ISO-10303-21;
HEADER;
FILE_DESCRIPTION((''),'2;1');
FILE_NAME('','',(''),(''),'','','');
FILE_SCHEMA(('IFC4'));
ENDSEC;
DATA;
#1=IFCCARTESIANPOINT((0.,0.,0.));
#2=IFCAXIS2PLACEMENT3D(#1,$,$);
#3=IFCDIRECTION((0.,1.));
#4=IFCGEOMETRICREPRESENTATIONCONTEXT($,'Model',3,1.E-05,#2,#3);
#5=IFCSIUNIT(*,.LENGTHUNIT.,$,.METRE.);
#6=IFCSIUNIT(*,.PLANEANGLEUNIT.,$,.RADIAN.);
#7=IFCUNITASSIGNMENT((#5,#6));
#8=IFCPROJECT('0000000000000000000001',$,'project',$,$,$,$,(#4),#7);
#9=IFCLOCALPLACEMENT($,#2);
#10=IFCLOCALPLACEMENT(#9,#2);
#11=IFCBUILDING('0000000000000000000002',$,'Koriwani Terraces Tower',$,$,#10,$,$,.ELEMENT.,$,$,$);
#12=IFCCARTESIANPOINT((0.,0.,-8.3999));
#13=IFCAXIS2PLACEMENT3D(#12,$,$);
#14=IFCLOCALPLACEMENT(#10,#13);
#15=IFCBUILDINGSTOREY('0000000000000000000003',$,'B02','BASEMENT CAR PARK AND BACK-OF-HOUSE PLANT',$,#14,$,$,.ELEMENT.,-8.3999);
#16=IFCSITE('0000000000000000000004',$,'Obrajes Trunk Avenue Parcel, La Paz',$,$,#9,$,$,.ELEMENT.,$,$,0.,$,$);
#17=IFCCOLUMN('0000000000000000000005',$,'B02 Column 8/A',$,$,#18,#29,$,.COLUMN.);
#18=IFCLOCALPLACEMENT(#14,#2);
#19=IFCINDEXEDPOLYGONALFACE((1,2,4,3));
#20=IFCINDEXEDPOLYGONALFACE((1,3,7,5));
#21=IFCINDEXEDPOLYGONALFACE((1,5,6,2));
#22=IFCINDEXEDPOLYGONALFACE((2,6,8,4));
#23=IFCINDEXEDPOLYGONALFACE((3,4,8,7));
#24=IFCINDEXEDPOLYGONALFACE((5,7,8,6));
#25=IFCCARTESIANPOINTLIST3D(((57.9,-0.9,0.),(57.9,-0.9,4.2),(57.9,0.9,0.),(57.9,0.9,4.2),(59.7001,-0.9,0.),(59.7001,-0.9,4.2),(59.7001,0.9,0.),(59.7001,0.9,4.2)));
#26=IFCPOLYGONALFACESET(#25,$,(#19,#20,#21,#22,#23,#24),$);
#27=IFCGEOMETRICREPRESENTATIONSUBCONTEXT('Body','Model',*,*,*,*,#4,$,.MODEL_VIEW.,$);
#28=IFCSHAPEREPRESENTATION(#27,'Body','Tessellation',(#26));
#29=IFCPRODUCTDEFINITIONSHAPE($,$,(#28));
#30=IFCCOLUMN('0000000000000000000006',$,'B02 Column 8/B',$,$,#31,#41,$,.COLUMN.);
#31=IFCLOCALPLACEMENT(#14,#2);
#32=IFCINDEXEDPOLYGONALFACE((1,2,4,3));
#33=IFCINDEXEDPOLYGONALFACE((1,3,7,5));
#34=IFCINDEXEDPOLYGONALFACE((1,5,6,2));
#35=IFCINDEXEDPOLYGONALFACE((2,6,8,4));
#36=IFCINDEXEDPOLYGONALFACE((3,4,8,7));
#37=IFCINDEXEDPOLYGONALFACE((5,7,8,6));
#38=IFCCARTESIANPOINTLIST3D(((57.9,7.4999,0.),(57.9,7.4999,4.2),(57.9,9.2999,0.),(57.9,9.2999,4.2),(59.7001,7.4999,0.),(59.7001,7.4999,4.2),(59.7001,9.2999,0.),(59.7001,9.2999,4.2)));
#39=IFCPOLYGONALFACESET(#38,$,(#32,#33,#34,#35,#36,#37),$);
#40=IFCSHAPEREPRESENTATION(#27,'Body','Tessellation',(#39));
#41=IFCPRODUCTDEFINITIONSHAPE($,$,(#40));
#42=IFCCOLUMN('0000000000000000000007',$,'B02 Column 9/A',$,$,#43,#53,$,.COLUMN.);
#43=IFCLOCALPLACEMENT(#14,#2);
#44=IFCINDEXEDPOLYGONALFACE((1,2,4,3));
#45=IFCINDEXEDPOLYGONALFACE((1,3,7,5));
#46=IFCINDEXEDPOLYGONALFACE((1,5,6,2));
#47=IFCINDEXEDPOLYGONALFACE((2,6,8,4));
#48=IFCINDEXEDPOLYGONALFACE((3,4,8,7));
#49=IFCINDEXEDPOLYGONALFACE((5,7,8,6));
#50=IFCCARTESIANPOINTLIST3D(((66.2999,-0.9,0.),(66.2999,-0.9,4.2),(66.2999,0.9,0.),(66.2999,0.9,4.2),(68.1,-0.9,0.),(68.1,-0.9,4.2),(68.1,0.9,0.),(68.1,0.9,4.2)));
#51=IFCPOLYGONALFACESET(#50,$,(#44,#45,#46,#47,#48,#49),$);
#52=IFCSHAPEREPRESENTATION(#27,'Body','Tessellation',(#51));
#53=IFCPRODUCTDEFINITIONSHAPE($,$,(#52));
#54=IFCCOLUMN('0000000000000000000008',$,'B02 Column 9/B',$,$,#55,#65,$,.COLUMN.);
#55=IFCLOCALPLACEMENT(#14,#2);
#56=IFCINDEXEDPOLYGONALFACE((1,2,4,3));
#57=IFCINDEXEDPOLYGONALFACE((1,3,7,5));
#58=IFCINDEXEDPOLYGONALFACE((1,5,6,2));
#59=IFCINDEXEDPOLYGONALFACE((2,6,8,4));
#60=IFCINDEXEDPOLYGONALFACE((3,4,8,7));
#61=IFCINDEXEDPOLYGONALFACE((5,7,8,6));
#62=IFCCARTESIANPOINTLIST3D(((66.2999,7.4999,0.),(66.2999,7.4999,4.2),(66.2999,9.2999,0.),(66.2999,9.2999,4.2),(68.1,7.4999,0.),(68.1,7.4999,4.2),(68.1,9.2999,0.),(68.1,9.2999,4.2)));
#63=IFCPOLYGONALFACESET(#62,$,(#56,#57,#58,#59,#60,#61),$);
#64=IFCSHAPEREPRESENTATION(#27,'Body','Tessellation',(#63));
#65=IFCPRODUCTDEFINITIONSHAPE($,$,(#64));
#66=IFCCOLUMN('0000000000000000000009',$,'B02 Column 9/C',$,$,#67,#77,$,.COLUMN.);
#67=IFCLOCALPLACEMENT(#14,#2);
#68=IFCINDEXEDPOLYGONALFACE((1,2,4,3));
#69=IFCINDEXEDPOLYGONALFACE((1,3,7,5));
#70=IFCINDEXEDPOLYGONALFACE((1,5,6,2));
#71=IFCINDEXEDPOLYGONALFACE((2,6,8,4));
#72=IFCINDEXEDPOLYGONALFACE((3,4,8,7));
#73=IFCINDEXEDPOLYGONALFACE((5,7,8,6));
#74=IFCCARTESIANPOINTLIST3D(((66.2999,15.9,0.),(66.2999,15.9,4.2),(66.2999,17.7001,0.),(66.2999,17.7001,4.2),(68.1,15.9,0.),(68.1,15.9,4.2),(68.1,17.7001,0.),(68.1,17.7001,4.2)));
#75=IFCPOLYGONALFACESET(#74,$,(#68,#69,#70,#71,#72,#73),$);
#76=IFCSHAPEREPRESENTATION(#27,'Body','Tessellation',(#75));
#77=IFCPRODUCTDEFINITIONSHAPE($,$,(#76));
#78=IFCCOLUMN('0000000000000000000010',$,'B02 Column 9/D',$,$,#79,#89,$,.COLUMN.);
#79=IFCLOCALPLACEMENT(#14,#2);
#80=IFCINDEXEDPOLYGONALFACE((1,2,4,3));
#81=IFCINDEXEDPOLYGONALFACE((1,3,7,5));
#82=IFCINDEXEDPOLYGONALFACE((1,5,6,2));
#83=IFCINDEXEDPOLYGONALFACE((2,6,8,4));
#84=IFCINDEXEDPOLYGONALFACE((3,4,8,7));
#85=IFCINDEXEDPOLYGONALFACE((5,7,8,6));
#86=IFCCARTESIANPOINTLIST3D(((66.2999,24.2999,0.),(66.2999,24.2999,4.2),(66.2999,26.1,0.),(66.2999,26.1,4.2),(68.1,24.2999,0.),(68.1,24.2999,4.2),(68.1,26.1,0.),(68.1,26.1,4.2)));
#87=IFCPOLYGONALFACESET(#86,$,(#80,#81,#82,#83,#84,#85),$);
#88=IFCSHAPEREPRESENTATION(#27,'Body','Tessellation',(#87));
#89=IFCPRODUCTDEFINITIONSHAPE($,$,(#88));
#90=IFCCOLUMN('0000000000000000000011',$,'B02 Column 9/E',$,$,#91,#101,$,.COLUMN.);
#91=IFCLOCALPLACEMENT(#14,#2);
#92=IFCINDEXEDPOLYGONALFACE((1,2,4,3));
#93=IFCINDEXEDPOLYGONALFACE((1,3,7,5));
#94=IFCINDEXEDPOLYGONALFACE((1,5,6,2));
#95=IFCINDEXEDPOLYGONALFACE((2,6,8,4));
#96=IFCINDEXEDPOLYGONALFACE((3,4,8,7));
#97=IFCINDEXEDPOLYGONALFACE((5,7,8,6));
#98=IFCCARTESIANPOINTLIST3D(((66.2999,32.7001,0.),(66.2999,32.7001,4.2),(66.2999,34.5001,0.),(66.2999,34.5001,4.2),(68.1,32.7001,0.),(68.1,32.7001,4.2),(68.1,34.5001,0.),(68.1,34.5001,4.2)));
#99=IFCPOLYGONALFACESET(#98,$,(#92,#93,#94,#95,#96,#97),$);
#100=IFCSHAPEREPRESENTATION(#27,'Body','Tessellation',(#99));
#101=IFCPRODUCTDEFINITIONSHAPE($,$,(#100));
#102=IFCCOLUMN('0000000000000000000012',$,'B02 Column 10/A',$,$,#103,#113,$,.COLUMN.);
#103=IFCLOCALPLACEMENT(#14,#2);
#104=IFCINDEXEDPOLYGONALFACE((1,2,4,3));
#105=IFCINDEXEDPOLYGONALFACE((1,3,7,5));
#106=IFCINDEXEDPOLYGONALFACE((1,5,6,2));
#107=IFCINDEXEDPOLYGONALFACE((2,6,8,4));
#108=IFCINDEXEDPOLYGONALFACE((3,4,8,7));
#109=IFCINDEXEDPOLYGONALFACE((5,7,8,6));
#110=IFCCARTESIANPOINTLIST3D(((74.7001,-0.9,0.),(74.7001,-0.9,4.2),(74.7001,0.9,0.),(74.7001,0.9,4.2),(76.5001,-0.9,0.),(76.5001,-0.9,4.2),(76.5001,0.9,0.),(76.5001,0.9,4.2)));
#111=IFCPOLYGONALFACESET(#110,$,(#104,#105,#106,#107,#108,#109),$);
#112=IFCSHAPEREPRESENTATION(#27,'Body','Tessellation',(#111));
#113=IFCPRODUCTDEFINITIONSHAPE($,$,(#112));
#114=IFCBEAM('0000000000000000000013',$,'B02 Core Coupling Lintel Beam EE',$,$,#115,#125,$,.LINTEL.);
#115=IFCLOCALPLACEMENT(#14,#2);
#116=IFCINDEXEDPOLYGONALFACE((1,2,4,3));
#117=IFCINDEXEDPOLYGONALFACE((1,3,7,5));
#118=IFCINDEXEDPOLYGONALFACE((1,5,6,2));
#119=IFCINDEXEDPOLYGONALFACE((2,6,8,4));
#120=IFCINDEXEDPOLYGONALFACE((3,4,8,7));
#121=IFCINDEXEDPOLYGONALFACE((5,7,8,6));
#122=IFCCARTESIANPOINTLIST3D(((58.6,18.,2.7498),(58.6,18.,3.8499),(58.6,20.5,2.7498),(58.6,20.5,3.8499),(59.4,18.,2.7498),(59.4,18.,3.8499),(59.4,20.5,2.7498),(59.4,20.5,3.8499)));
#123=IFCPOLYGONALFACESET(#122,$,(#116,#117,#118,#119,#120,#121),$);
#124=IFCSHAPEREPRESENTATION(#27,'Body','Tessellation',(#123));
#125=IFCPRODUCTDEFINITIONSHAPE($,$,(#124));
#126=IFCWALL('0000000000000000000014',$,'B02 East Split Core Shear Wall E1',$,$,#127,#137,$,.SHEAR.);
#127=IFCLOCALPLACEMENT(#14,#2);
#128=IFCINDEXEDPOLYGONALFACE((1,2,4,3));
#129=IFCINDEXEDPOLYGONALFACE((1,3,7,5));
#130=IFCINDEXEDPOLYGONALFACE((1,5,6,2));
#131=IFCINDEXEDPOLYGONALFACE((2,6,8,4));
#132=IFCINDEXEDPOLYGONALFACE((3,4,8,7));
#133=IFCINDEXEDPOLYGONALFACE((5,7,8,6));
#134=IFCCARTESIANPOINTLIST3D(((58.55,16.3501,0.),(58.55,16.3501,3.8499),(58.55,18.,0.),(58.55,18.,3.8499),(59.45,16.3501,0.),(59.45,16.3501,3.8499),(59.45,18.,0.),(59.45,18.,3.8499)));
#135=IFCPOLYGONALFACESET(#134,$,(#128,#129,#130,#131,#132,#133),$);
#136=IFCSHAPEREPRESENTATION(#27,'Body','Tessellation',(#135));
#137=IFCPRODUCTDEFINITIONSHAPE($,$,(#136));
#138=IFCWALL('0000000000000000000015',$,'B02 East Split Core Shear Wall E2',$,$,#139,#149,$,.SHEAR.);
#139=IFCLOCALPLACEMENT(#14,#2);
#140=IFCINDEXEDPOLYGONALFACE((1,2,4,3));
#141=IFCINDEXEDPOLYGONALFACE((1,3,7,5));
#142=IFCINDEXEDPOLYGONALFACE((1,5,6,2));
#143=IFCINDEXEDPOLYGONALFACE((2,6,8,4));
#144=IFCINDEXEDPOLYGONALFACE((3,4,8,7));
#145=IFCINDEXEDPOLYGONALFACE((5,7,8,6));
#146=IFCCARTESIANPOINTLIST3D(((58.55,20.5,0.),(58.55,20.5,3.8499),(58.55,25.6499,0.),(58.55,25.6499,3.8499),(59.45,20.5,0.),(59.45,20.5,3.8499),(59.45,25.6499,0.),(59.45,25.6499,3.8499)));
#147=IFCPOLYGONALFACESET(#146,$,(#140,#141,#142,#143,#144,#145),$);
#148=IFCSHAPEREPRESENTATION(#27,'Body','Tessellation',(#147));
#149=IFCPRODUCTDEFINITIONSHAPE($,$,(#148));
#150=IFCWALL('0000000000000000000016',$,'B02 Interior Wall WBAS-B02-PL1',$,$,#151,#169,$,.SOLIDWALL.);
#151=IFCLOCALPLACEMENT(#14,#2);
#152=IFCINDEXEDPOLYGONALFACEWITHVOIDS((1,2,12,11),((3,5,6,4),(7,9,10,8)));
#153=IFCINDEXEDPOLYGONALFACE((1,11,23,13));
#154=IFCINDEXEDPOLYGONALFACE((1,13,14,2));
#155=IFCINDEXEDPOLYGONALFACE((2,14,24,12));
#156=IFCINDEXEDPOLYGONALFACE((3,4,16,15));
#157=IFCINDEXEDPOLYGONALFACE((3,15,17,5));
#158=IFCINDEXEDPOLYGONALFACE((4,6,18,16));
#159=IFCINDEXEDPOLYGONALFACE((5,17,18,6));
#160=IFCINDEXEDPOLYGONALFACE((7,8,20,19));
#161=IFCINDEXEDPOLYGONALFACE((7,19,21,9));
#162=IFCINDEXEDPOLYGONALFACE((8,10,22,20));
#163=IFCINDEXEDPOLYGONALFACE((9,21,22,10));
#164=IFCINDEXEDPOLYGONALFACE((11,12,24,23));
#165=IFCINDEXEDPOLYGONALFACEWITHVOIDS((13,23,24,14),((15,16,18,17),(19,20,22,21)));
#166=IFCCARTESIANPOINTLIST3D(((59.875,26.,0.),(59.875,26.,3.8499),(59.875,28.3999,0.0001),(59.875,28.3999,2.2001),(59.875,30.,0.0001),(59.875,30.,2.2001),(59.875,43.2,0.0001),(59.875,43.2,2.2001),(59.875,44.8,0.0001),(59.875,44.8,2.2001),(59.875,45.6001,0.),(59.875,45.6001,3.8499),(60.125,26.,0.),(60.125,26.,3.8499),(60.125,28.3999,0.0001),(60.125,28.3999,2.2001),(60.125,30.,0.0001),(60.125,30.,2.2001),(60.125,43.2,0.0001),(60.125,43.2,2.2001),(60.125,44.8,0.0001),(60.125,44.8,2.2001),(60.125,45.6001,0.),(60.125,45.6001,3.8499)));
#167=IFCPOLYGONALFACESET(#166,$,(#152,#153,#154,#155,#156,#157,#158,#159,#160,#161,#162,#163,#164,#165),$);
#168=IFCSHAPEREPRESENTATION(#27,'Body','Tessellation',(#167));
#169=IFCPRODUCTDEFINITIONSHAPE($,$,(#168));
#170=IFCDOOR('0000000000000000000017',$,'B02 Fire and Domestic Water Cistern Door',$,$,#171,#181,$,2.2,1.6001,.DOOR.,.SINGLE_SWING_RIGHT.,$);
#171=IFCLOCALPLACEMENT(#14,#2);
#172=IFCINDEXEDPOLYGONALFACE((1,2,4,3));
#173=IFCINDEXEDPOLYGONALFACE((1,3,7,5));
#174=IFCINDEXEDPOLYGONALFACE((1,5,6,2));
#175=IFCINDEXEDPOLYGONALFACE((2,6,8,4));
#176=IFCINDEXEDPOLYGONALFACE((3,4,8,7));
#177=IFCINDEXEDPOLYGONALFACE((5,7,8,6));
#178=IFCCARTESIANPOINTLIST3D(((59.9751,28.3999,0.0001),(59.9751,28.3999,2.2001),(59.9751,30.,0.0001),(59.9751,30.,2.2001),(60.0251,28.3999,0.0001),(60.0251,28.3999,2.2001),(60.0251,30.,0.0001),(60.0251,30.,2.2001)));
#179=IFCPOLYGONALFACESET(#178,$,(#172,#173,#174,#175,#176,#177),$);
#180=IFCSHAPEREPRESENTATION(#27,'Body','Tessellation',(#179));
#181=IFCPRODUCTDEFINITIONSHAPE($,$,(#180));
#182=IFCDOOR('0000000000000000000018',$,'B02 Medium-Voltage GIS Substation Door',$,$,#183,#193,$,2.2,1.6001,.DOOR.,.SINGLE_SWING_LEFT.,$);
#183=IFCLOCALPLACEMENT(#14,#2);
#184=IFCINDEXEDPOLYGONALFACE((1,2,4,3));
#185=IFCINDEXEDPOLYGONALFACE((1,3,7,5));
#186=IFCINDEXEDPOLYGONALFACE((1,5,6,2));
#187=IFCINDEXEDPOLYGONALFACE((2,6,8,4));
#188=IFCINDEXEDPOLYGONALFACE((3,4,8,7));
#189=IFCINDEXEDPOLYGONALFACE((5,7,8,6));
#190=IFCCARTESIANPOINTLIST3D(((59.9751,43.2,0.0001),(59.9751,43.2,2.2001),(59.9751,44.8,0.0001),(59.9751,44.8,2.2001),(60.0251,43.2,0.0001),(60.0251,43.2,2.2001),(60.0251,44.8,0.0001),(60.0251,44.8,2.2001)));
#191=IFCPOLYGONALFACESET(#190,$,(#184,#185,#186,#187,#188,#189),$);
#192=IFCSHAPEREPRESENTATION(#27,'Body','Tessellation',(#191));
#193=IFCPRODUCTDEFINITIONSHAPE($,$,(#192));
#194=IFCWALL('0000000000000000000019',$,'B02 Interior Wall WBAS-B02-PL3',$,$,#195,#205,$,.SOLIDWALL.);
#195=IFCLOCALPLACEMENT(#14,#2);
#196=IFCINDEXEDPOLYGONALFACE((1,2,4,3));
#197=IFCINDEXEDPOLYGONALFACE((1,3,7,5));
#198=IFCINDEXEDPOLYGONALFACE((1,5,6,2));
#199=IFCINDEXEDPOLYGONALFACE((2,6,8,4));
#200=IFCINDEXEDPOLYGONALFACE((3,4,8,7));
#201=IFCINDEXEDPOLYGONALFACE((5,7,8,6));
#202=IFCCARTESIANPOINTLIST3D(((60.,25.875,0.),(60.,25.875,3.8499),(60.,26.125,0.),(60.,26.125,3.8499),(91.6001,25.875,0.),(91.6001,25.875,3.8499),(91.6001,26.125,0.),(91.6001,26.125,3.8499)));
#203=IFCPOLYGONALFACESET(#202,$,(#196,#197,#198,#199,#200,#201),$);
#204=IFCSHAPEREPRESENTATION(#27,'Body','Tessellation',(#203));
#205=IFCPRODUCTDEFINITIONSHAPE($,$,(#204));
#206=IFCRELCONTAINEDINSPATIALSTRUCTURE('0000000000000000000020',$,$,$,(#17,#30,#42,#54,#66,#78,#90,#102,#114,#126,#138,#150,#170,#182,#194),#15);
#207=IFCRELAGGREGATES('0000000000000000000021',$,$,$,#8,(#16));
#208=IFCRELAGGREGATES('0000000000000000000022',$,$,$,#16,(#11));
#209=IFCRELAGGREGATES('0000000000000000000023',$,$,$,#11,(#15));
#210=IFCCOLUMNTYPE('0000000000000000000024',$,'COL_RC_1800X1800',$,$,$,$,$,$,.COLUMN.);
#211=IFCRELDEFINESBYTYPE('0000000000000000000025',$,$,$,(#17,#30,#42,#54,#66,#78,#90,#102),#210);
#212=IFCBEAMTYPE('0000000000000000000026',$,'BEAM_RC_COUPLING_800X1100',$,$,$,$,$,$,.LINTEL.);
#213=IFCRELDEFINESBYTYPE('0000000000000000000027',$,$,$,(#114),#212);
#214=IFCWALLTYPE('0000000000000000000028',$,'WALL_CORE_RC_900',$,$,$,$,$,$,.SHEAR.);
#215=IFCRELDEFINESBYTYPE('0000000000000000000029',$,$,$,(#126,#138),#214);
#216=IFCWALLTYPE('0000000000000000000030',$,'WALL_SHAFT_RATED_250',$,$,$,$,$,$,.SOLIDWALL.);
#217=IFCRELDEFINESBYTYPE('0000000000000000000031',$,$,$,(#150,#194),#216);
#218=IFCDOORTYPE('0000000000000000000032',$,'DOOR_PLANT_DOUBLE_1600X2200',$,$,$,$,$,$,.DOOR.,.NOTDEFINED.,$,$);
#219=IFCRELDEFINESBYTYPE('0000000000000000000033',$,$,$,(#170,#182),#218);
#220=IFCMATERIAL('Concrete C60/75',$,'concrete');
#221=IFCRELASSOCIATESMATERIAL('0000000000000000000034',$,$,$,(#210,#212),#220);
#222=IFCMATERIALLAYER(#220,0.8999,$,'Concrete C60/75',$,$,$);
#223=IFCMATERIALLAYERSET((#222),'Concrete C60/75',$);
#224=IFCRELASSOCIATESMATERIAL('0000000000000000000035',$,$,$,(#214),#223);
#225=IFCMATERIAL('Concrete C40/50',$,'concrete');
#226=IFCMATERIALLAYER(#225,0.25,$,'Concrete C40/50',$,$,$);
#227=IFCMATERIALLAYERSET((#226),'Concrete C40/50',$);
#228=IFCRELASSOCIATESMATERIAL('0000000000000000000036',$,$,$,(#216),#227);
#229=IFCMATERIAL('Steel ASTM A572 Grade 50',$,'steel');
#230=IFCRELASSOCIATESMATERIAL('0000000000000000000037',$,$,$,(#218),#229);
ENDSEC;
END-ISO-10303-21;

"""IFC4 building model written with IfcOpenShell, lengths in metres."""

from ifc_helpers import new_model, si_unit, direction, frame, frame_2d, origin, origin_2d, place, context, subcontext, project, spatial, rectangle, extrude, material, layer, layer_set, material_profile, profile_set, type_object, element, fill, save


model = new_model("IFC4")

# Units and contexts
model_context = context("Model", 3, precision=1e-05, world=origin(), true_north=direction((0.0, 1.0)))
body_context = subcontext(model_context, "Body", "Model", "MODEL_VIEW")
ifc_project = project(units=[si_unit("LENGTHUNIT", "METRE"), si_unit("PLANEANGLEUNIT", "RADIAN")], contexts=[model_context])

# Site, building, storey
site_placement = place(None, origin())
site = spatial("IfcSite", under=ifc_project, at=site_placement, Name="Obrajes Trunk Avenue Parcel, La Paz", CompositionType="ELEMENT", RefElevation=0.0)
building_placement = place(site_placement, origin())
building = spatial("IfcBuilding", under=site, at=building_placement, Name="Koriwani Terraces Tower", CompositionType="ELEMENT")
storey_placement = place(building_placement, frame((0.0, 0.0, -8.3999)))
storey = spatial("IfcBuildingStorey", under=building, at=storey_placement, Name="B02", Description="BASEMENT CAR PARK AND BACK-OF-HOUSE PLANT", CompositionType="ELEMENT", Elevation=-8.3999)

# Shared definitions
ifc_material_1 = material(Name="Concrete C40/50", Category="concrete")

# Columns
ifc_material_2 = material(Name="Concrete C60/75", Category="concrete")
ifc_material_profile_1 = material_profile(ifc_material_2, rectangle(XDim=1.8, YDim=1.8, at=origin_2d()), Name="Concrete C60/75", Category="LoadBearing")
ifc_profile_set_1 = profile_set([ifc_material_profile_1], Name="Concrete C60/75")
column_type_1 = type_object("IfcColumnType", Name="COL_RC_1800X1800", PredefinedType="COLUMN", material=ifc_profile_set_1)
for number, where, z_axis, x_axis, name in (
    (1, (58.8, 0.0, 0.0), (0.0, 0.0, 1.0), (1.0, 0.0, 0.0), "B02 Column 8/A"),
    (2, (58.8, 8.3999, 0.0), (0.0, 0.0, 1.0), (1.0, 0.0, 0.0), "B02 Column 8/B"),
    (3, (67.2, 0.0, 0.0), (0.0, 0.0, 1.0), (1.0, 0.0, 0.0), "B02 Column 9/A"),
    (4, (67.2, 8.3999, 0.0), (0.0, 0.0, 1.0), (1.0, 0.0, 0.0), "B02 Column 9/B"),
    (5, (67.2, 16.8, 0.0), (0.0, 0.0, 1.0), (1.0, 0.0, 0.0), "B02 Column 9/C"),
    (6, (67.2, 25.2, 0.0), (0.0, 0.0, 1.0), (1.0, 0.0, 0.0), "B02 Column 9/D"),
    (7, (67.2, 33.6001, 0.0), (0.0, 0.0, 1.0), (1.0, 0.0, 0.0), "B02 Column 9/E"),
    (8, (75.6001, 0.0, 0.0), (0.0, 0.0, 1.0), (1.0, 0.0, 0.0), "B02 Column 10/A"),
):
    element("IfcColumn", number, at=place(storey_placement, frame(where, z_axis=z_axis, x_axis=x_axis)), inside=storey, type_object=column_type_1, Name=name, PredefinedType="COLUMN", context=body_context, shape_type="SweptSolid", body=[
        extrude(rectangle(XDim=1.8, YDim=1.8, at=origin_2d()), origin(), (0.0, 0.0, 1.0), 4.2),
    ])

# Beam
ifc_material_profile_2 = material_profile(ifc_material_2, rectangle(XDim=0.8, YDim=1.1001, at=origin_2d()), Name="Concrete C60/75", Category="LoadBearing")
ifc_profile_set_2 = profile_set([ifc_material_profile_2], Name="Concrete C60/75")
beam_type = type_object("IfcBeamType", Name="BEAM_RC_COUPLING_800X1100", PredefinedType="LINTEL", material=ifc_profile_set_2)
beam_placement = place(storey_placement, frame((59.0, 18.0, 3.2998), z_axis=(0.0, 1.0, 0.0), x_axis=(-1.0, 0.0, 0.0)))
element("IfcBeam", 9, at=beam_placement, inside=storey, type_object=beam_type, Name="B02 Core Coupling Lintel Beam EE", PredefinedType="LINTEL", context=body_context, shape_type="SweptSolid", body=[
    extrude(rectangle(XDim=0.8, YDim=1.1001, at=origin_2d()), origin(), (0.0, 0.0, 1.0), 2.5),
])

# Walls
ifc_layer_1 = layer(ifc_material_2, 0.8999, Name="Concrete C60/75")
ifc_layer_set_1 = layer_set([ifc_layer_1], Name="Concrete C60/75")
wall_type_1 = type_object("IfcWallType", Name="WALL_CORE_RC_900", PredefinedType="SHEAR", material=ifc_layer_set_1)
wall_1_placement = place(storey_placement, frame((59.0, 16.3501, 0.0), z_axis=(0.0, 0.0, 1.0), x_axis=(0.0, 1.0, 0.0)))
element("IfcWall", 10, at=wall_1_placement, inside=storey, type_object=wall_type_1, Name="B02 East Split Core Shear Wall E1", PredefinedType="SHEAR", context=body_context, shape_type="SweptSolid", body=[
    extrude(rectangle(XDim=1.6499, YDim=0.8999, at=frame_2d((0.825, 0.0))), origin(), (0.0, 0.0, 1.0), 3.8499),
])
wall_2_placement = place(storey_placement, frame((59.0, 20.5, 0.0), z_axis=(0.0, 0.0, 1.0), x_axis=(0.0, 1.0, 0.0)))
element("IfcWall", 11, at=wall_2_placement, inside=storey, type_object=wall_type_1, Name="B02 East Split Core Shear Wall E2", PredefinedType="SHEAR", context=body_context, shape_type="SweptSolid", body=[
    extrude(rectangle(XDim=5.1499, YDim=0.8999, at=frame_2d((2.575, 0.0))), origin(), (0.0, 0.0, 1.0), 3.8499),
])

# Shared definitions
ifc_layer_2 = layer(ifc_material_1, 0.25, Name="Concrete C40/50")
ifc_layer_set_2 = layer_set([ifc_layer_2], Name="Concrete C40/50")
wall_type_2 = type_object("IfcWallType", Name="WALL_SHAFT_RATED_250", PredefinedType="SOLIDWALL", material=ifc_layer_set_2)
ifc_material_3 = material(Name="Steel ASTM A572 Grade 50", Category="steel")

# Wall, openings, doors
wall_3_placement = place(storey_placement, frame((60.0, 26.0, 0.0), z_axis=(0.0, 0.0, 1.0), x_axis=(0.0, 1.0, 0.0)))
wall_3 = element("IfcWall", 12, at=wall_3_placement, inside=storey, type_object=wall_type_2, Name="B02 Interior Wall WBAS-B02-PL1", PredefinedType="SOLIDWALL", context=body_context, shape_type="SweptSolid", body=[
    extrude(rectangle(XDim=19.6001, YDim=0.25, at=frame_2d((9.8, 0.0))), origin(), (0.0, 0.0, 1.0), 3.8499),
])
opening_1_placement = place(wall_3_placement, frame((2.3999, 0.0, 0.0)))
opening_1 = element("IfcOpeningElement", 13, at=opening_1_placement, cuts=wall_3, PredefinedType="OPENING", context=body_context, shape_type="SweptSolid", body=[
    extrude(rectangle(XDim=1.6001, YDim=2.2, at=frame_2d((0.8, 1.1001))), frame((0.0, 0.135, 0.0), z_axis=(0.0, -1.0, 0.0), x_axis=(1.0, 0.0, 0.0)), (0.0, 0.0, 1.0), 0.27),
])
opening_2_placement = place(wall_3_placement, frame((17.2, 0.0, 0.0)))
opening_2 = element("IfcOpeningElement", 14, at=opening_2_placement, cuts=wall_3, PredefinedType="OPENING", context=body_context, shape_type="SweptSolid", body=[
    extrude(rectangle(XDim=1.6001, YDim=2.2, at=frame_2d((0.8, 1.1001))), frame((0.0, 0.135, 0.0), z_axis=(0.0, -1.0, 0.0), x_axis=(1.0, 0.0, 0.0)), (0.0, 0.0, 1.0), 0.27),
])
door_type_1 = type_object("IfcDoorType", Name="DOOR_PLANT_DOUBLE_1600X2200", OperationType="NOTDEFINED", PredefinedType="DOOR", material=ifc_material_3)
door_1_placement = place(opening_1_placement, origin())
door_1 = element("IfcDoor", 15, at=door_1_placement, inside=storey, type_object=door_type_1, Name="B02 Fire and Domestic Water Cistern Door", OperationType="SINGLE_SWING_RIGHT", OverallHeight=2.2, OverallWidth=1.6001, PredefinedType="DOOR", context=body_context, shape_type="SweptSolid", body=[
    extrude(rectangle(XDim=1.6001, YDim=2.2, at=frame_2d((0.8, 1.1001))), frame((0.0, 0.0249, 0.0), z_axis=(0.0, -1.0, 0.0), x_axis=(1.0, 0.0, 0.0)), (0.0, 0.0, 1.0), 0.05),
])
fill(opening_1, door_1)
door_2_placement = place(opening_2_placement, origin())
door_2 = element("IfcDoor", 16, at=door_2_placement, inside=storey, type_object=door_type_1, Name="B02 Medium-Voltage GIS Substation Door", OperationType="SINGLE_SWING_LEFT", OverallHeight=2.2, OverallWidth=1.6001, PredefinedType="DOOR", context=body_context, shape_type="SweptSolid", body=[
    extrude(rectangle(XDim=1.6001, YDim=2.2, at=frame_2d((0.8, 1.1001))), frame((0.0, 0.0249, 0.0), z_axis=(0.0, -1.0, 0.0), x_axis=(1.0, 0.0, 0.0)), (0.0, 0.0, 1.0), 0.05),
])
fill(opening_2, door_2)

# Wall
wall_4_placement = place(storey_placement, frame((60.0, 26.0, 0.0), z_axis=(0.0, 0.0, 1.0), x_axis=(1.0, 0.0, 0.0)))
element("IfcWall", 17, at=wall_4_placement, inside=storey, type_object=wall_type_2, Name="B02 Interior Wall WBAS-B02-PL3", PredefinedType="SOLIDWALL", context=body_context, shape_type="SweptSolid", body=[
    extrude(rectangle(XDim=31.6001, YDim=0.25, at=frame_2d((15.8, 0.0))), origin(), (0.0, 0.0, 1.0), 3.8499),
])

save(model, "model.ifc")
